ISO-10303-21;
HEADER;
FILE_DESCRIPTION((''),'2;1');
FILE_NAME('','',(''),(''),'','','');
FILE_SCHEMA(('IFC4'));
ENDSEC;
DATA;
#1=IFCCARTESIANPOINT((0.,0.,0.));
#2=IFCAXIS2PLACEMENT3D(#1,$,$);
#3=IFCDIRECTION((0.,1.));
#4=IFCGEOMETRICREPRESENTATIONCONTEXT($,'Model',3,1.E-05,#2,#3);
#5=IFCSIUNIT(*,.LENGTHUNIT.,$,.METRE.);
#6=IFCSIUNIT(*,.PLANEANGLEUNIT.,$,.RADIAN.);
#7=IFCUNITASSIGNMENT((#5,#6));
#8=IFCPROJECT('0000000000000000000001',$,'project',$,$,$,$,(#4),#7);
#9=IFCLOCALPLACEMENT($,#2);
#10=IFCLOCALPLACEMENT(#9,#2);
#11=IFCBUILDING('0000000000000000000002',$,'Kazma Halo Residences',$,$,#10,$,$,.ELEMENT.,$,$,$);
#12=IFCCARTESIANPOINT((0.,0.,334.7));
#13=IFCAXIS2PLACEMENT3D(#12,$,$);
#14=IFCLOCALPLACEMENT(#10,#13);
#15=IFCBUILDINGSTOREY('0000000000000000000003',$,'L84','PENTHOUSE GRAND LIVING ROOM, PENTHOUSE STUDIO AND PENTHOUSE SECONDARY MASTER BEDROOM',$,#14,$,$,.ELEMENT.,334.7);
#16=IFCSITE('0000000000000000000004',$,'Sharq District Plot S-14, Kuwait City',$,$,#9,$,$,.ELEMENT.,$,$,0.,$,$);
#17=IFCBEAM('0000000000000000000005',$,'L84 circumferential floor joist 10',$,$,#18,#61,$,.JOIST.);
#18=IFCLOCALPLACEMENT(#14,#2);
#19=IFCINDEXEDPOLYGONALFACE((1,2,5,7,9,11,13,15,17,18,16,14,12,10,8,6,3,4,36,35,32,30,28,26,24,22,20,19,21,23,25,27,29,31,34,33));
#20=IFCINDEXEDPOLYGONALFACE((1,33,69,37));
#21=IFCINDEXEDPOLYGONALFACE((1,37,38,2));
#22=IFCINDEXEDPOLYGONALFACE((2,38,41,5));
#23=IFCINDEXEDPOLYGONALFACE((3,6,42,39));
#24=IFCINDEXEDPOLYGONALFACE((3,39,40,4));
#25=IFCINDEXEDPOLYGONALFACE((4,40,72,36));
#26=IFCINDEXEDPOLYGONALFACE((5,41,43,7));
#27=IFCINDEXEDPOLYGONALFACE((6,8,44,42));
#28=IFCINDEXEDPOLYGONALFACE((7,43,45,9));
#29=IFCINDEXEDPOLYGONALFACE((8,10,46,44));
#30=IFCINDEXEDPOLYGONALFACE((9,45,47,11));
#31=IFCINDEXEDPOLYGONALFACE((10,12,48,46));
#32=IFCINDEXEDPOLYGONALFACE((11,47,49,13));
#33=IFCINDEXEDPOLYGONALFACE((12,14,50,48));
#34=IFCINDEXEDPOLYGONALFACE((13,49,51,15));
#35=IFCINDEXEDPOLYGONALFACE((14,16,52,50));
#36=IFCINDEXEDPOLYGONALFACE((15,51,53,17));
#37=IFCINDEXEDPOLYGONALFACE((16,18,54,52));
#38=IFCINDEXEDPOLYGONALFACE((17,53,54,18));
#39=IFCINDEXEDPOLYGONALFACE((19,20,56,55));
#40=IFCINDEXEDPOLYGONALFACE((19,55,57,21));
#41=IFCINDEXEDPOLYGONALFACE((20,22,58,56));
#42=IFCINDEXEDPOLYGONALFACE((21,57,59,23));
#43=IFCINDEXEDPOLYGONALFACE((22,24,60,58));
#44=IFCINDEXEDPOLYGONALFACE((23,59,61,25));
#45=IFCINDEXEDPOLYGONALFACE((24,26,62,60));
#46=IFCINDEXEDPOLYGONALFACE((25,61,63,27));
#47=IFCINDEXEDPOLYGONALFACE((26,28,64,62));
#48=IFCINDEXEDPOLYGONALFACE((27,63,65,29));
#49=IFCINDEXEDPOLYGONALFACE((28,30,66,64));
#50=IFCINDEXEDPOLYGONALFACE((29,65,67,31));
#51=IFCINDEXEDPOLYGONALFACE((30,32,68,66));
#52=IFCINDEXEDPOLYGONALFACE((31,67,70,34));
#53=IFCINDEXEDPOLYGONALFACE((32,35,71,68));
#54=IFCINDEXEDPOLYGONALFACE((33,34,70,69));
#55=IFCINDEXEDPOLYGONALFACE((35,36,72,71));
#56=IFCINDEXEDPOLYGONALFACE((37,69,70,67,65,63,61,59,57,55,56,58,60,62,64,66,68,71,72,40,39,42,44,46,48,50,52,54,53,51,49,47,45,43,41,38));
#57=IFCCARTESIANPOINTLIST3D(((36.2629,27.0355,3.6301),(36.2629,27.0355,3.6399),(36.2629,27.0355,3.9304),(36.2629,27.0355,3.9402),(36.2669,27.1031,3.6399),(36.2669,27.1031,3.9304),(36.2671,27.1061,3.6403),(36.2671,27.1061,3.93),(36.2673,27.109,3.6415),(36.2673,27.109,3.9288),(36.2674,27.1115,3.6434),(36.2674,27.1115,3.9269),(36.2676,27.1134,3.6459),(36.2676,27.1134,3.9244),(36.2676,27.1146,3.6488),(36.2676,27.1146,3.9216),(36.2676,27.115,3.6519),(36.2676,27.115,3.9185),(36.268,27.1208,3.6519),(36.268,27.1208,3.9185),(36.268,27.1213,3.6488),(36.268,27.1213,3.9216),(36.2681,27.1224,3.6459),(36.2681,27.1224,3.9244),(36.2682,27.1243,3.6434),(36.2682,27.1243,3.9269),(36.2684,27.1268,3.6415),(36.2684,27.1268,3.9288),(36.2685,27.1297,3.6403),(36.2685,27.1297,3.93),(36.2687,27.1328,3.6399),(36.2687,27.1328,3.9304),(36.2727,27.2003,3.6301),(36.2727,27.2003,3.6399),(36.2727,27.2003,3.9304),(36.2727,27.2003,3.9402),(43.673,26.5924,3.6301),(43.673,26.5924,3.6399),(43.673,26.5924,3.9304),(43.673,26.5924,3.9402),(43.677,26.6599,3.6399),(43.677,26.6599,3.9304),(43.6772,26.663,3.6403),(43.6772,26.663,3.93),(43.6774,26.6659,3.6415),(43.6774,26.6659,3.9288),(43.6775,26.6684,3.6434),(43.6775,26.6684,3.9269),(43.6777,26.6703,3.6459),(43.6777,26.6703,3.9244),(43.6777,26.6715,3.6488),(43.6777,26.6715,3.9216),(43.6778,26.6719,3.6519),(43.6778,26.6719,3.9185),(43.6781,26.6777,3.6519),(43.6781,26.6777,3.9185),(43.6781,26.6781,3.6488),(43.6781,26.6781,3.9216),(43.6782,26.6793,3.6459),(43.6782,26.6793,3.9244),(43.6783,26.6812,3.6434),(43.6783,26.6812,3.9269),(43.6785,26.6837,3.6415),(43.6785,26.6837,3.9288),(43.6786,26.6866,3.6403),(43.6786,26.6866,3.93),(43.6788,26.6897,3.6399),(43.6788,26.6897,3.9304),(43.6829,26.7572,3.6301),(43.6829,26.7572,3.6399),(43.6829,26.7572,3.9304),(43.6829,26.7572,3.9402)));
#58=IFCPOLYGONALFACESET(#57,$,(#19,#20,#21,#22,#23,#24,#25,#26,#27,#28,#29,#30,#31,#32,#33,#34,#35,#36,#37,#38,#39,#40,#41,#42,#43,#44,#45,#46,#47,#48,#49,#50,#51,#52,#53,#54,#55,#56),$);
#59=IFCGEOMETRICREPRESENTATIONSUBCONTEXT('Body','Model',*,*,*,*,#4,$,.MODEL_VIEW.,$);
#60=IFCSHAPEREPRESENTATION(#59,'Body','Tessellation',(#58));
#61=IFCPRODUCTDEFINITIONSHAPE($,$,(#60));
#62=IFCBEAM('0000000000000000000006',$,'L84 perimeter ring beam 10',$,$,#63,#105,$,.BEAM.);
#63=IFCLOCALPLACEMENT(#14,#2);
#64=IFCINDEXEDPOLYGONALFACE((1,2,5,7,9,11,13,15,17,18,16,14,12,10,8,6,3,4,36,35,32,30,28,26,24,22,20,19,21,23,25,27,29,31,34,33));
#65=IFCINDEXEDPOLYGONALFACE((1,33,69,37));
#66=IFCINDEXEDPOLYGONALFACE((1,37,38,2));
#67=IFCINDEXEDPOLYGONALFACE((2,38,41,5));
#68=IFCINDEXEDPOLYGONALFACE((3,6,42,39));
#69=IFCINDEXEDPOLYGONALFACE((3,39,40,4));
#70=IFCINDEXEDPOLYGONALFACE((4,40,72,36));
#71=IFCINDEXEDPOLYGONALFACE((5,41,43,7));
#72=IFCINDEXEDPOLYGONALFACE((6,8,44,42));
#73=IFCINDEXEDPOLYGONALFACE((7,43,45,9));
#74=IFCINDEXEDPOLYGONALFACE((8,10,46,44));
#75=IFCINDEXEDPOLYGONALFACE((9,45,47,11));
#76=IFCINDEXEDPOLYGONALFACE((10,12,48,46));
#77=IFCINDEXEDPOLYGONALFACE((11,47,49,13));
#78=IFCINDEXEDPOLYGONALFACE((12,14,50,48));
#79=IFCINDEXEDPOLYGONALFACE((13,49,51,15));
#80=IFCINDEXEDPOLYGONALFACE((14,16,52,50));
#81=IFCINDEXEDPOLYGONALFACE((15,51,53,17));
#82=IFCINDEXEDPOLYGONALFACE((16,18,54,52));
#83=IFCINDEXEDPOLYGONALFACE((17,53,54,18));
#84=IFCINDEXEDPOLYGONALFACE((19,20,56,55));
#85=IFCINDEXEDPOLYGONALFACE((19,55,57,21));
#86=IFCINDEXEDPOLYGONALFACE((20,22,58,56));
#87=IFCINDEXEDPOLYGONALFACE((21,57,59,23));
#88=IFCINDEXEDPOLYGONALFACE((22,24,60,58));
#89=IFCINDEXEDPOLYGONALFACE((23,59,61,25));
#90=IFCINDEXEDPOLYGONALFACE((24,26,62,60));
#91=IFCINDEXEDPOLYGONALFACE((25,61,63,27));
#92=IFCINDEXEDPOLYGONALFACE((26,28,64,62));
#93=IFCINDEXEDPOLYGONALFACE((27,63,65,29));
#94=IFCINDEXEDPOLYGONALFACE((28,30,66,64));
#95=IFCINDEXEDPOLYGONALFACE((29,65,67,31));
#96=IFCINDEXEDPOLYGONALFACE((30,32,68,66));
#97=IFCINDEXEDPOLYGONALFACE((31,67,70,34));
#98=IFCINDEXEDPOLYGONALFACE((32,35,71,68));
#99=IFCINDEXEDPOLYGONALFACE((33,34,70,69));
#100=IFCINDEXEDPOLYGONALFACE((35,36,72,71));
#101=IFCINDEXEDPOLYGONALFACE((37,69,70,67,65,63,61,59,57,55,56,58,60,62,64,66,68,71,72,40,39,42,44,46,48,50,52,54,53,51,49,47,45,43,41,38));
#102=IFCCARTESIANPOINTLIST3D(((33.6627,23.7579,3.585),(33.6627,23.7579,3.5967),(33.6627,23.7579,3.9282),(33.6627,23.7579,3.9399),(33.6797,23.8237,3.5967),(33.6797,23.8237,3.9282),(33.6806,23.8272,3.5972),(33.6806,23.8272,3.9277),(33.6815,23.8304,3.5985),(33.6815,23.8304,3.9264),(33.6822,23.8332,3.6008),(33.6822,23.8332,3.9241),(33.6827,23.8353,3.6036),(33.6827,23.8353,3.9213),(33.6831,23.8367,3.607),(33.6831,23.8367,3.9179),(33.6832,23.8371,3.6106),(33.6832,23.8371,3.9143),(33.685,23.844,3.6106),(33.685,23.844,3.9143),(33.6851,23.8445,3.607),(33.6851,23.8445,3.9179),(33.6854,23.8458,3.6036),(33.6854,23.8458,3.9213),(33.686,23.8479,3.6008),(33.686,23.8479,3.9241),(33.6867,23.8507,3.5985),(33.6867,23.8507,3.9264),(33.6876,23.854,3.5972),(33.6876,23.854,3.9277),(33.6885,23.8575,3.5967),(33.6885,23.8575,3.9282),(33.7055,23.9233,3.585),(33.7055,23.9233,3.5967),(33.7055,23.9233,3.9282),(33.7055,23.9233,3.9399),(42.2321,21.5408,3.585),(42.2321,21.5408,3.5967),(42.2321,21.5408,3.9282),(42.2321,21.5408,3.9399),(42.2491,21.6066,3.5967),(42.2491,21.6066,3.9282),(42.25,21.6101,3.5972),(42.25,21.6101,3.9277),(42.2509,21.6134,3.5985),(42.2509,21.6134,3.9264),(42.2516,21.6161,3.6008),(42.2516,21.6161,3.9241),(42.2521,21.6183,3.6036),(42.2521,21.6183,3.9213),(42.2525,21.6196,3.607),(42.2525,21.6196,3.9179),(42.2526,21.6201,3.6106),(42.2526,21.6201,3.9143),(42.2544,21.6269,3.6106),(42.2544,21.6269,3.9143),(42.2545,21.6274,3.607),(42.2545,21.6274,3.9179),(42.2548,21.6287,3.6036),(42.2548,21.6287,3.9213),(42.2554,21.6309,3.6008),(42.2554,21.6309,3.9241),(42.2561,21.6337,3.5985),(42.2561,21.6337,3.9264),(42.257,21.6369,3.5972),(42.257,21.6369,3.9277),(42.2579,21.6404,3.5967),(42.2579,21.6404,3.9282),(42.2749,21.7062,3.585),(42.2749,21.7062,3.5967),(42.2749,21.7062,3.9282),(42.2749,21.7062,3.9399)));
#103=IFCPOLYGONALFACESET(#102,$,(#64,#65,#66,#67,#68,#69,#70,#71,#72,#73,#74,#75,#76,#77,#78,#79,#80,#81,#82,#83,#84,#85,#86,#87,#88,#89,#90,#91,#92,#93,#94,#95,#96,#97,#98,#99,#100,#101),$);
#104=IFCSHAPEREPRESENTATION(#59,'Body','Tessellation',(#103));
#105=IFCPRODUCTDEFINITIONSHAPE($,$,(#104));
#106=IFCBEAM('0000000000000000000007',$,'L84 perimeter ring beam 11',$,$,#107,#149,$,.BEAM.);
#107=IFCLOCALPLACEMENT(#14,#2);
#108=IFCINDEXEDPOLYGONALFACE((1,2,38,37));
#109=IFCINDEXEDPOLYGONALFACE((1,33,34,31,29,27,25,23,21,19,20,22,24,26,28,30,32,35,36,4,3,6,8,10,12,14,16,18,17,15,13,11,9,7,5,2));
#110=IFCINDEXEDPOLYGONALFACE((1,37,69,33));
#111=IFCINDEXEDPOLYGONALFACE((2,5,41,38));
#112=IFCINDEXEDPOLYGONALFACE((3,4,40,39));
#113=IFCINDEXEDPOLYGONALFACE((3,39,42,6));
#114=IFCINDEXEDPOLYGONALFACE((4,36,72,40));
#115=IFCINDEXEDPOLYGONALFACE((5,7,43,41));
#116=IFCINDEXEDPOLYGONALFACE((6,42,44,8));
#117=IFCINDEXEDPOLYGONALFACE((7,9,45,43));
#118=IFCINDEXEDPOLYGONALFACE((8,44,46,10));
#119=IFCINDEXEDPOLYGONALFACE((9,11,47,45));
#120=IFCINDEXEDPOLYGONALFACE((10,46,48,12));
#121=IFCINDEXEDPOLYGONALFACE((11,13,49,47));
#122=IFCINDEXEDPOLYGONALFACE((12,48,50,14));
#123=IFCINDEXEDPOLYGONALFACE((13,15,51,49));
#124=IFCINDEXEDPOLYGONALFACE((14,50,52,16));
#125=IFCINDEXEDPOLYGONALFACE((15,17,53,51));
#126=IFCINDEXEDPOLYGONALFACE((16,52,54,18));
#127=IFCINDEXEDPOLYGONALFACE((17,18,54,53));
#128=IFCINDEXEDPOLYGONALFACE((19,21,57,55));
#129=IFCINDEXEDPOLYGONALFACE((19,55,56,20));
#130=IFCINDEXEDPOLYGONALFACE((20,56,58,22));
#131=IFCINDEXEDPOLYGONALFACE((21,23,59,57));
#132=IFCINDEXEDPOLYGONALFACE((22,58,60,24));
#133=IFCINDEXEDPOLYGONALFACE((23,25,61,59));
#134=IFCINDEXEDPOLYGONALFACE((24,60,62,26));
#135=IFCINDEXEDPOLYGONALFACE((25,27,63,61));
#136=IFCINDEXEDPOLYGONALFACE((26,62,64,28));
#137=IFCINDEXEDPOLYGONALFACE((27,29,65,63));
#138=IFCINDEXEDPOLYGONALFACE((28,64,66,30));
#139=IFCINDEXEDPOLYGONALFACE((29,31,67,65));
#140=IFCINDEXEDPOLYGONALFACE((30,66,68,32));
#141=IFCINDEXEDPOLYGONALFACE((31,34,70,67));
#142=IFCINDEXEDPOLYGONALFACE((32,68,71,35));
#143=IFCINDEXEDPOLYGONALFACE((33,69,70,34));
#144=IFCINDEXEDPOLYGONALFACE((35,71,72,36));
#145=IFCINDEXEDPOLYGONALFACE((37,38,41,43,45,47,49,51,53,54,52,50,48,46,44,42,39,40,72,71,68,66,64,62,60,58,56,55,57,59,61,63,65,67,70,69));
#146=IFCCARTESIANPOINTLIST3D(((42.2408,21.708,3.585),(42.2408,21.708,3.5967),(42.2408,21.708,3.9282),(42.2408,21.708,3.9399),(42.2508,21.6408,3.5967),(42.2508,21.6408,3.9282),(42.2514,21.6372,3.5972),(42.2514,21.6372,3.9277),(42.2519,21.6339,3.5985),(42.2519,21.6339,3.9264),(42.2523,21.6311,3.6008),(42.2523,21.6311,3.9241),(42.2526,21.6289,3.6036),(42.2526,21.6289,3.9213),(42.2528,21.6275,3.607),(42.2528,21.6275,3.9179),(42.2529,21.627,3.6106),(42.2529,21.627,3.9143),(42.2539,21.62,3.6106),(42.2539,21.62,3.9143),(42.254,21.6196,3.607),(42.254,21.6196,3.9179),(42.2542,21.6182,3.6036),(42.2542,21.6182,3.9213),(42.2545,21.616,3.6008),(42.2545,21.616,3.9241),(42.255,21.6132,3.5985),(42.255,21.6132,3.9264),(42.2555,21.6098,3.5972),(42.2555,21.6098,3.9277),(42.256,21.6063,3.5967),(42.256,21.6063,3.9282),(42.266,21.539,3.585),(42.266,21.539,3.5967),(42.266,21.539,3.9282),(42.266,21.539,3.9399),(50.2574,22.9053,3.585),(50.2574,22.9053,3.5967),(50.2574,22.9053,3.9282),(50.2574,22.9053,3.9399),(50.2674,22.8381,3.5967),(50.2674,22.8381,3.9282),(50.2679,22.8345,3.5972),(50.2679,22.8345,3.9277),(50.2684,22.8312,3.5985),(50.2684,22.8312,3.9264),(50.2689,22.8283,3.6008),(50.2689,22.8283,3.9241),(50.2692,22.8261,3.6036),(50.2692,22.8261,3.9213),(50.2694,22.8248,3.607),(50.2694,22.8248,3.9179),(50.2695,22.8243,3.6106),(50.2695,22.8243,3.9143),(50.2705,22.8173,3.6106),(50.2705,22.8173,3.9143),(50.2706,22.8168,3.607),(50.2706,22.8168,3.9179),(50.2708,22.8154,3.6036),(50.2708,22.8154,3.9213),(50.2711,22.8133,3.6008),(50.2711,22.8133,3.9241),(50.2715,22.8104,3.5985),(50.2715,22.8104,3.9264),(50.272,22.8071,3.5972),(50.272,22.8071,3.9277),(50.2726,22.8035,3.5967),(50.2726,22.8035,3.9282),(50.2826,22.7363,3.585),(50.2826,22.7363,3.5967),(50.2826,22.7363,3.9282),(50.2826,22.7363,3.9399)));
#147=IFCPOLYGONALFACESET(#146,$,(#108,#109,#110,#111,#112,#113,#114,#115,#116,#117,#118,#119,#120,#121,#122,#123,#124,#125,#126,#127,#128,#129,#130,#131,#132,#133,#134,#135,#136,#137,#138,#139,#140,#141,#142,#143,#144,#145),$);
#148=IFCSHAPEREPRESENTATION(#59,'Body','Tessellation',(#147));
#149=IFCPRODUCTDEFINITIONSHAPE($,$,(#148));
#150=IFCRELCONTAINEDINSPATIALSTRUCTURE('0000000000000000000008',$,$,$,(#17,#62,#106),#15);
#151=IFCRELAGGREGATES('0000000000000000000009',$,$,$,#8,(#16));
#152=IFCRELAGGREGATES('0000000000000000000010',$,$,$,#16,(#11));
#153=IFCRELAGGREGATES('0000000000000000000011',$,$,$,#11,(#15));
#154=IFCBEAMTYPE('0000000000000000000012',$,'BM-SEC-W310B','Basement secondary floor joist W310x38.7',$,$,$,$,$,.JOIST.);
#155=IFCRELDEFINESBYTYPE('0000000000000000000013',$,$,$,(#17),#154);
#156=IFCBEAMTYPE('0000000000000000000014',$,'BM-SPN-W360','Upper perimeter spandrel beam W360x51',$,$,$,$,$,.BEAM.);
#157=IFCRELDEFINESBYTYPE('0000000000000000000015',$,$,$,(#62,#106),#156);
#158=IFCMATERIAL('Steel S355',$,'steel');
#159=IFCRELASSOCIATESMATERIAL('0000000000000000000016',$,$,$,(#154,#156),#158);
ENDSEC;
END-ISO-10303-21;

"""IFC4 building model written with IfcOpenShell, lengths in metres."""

from ifc_helpers import new_model, si_unit, direction, frame, origin, origin_2d, place, context, subcontext, project, spatial, i_section, extrude, material, material_profile, profile_set, type_object, element, save


model = new_model("IFC4")

# Units and contexts
model_context = context("Model", 3, precision=1e-05, world=origin(), true_north=direction((0.0, 1.0)))
body_context = subcontext(model_context, "Body", "Model", "MODEL_VIEW")
ifc_project = project(units=[si_unit("LENGTHUNIT", "METRE"), si_unit("PLANEANGLEUNIT", "RADIAN")], contexts=[model_context])

# Site, building, storey
site_placement = place(None, origin())
site = spatial("IfcSite", under=ifc_project, at=site_placement, Name="Sharq District Plot S-14, Kuwait City", CompositionType="ELEMENT", RefElevation=0.0)
building_placement = place(site_placement, origin())
building = spatial("IfcBuilding", under=site, at=building_placement, Name="Kazma Halo Residences", CompositionType="ELEMENT")
storey_placement = place(building_placement, frame((0.0, 0.0, 334.7)))
storey = spatial("IfcBuildingStorey", under=building, at=storey_placement, Name="L84", Description="PENTHOUSE GRAND LIVING ROOM, PENTHOUSE STUDIO AND PENTHOUSE SECONDARY MASTER BEDROOM", CompositionType="ELEMENT", Elevation=334.7)

# Beams
ifc_material_1 = material(Name="Steel S355", Category="steel")
ifc_material_profile_1 = material_profile(ifc_material_1, i_section(OverallWidth=0.165, OverallDepth=0.3101, WebThickness=0.0059, FlangeThickness=0.0098, FilletRadius=0.012, at=origin_2d()), Name="W310x38.7")
ifc_profile_set_1 = profile_set([ifc_material_profile_1], Name="Steel S355")
beam_type_1 = type_object("IfcBeamType", Name="BM-SEC-W310B", Description="Basement secondary floor joist W310x38.7", PredefinedType="JOIST", material=ifc_profile_set_1)
beam_1_placement = place(storey_placement, frame((36.2678, 27.1179, 3.7852), z_axis=(0.998217, -0.059692, 0.0), x_axis=(0.059692, 0.998217, 0.0)))
element("IfcBeam", 1, at=beam_1_placement, inside=storey, type_object=beam_type_1, Name="L84 circumferential floor joist 10", PredefinedType="JOIST", context=body_context, shape_type="SweptSolid", body=[
    extrude(i_section(OverallWidth=0.165, OverallDepth=0.3101, WebThickness=0.0059, FlangeThickness=0.0098, FilletRadius=0.012, at=origin_2d()), origin(), (0.0, 0.0, 1.0), 7.4233),
])
ifc_material_profile_2 = material_profile(ifc_material_1, i_section(OverallWidth=0.1709, OverallDepth=0.355, WebThickness=0.0071, FlangeThickness=0.0117, FilletRadius=0.0139, at=origin_2d()), Name="W360x51")
ifc_profile_set_2 = profile_set([ifc_material_profile_2], Name="Steel S355")
beam_type_2 = type_object("IfcBeamType", Name="BM-SPN-W360", Description="Upper perimeter spandrel beam W360x51", PredefinedType="BEAM", material=ifc_profile_set_2)
beam_2_placement = place(storey_placement, frame((33.6841, 23.8406, 3.7625), z_axis=(0.968124, -0.250471, 0.0), x_axis=(0.250471, 0.968124, 0.0)))
element("IfcBeam", 2, at=beam_2_placement, inside=storey, type_object=beam_type_2, Name="L84 perimeter ring beam 10", PredefinedType="BEAM", context=body_context, shape_type="SweptSolid", body=[
    extrude(i_section(OverallWidth=0.1709, OverallDepth=0.355, WebThickness=0.0071, FlangeThickness=0.0117, FilletRadius=0.0139, at=origin_2d()), origin(), (0.0, 0.0, 1.0), 8.8516),
])
beam_3_placement = place(storey_placement, frame((42.2534, 21.6235, 3.7625), z_axis=(0.989031, 0.14771, 0.0), x_axis=(-0.14771, 0.989031, 0.0)))
element("IfcBeam", 3, at=beam_3_placement, inside=storey, type_object=beam_type_2, Name="L84 perimeter ring beam 11", PredefinedType="BEAM", context=body_context, shape_type="SweptSolid", body=[
    extrude(i_section(OverallWidth=0.1709, OverallDepth=0.355, WebThickness=0.0071, FlangeThickness=0.0117, FilletRadius=0.0139, at=origin_2d()), origin(), (0.0, 0.0, 1.0), 8.1055),
])

save(model, "model.ifc")
